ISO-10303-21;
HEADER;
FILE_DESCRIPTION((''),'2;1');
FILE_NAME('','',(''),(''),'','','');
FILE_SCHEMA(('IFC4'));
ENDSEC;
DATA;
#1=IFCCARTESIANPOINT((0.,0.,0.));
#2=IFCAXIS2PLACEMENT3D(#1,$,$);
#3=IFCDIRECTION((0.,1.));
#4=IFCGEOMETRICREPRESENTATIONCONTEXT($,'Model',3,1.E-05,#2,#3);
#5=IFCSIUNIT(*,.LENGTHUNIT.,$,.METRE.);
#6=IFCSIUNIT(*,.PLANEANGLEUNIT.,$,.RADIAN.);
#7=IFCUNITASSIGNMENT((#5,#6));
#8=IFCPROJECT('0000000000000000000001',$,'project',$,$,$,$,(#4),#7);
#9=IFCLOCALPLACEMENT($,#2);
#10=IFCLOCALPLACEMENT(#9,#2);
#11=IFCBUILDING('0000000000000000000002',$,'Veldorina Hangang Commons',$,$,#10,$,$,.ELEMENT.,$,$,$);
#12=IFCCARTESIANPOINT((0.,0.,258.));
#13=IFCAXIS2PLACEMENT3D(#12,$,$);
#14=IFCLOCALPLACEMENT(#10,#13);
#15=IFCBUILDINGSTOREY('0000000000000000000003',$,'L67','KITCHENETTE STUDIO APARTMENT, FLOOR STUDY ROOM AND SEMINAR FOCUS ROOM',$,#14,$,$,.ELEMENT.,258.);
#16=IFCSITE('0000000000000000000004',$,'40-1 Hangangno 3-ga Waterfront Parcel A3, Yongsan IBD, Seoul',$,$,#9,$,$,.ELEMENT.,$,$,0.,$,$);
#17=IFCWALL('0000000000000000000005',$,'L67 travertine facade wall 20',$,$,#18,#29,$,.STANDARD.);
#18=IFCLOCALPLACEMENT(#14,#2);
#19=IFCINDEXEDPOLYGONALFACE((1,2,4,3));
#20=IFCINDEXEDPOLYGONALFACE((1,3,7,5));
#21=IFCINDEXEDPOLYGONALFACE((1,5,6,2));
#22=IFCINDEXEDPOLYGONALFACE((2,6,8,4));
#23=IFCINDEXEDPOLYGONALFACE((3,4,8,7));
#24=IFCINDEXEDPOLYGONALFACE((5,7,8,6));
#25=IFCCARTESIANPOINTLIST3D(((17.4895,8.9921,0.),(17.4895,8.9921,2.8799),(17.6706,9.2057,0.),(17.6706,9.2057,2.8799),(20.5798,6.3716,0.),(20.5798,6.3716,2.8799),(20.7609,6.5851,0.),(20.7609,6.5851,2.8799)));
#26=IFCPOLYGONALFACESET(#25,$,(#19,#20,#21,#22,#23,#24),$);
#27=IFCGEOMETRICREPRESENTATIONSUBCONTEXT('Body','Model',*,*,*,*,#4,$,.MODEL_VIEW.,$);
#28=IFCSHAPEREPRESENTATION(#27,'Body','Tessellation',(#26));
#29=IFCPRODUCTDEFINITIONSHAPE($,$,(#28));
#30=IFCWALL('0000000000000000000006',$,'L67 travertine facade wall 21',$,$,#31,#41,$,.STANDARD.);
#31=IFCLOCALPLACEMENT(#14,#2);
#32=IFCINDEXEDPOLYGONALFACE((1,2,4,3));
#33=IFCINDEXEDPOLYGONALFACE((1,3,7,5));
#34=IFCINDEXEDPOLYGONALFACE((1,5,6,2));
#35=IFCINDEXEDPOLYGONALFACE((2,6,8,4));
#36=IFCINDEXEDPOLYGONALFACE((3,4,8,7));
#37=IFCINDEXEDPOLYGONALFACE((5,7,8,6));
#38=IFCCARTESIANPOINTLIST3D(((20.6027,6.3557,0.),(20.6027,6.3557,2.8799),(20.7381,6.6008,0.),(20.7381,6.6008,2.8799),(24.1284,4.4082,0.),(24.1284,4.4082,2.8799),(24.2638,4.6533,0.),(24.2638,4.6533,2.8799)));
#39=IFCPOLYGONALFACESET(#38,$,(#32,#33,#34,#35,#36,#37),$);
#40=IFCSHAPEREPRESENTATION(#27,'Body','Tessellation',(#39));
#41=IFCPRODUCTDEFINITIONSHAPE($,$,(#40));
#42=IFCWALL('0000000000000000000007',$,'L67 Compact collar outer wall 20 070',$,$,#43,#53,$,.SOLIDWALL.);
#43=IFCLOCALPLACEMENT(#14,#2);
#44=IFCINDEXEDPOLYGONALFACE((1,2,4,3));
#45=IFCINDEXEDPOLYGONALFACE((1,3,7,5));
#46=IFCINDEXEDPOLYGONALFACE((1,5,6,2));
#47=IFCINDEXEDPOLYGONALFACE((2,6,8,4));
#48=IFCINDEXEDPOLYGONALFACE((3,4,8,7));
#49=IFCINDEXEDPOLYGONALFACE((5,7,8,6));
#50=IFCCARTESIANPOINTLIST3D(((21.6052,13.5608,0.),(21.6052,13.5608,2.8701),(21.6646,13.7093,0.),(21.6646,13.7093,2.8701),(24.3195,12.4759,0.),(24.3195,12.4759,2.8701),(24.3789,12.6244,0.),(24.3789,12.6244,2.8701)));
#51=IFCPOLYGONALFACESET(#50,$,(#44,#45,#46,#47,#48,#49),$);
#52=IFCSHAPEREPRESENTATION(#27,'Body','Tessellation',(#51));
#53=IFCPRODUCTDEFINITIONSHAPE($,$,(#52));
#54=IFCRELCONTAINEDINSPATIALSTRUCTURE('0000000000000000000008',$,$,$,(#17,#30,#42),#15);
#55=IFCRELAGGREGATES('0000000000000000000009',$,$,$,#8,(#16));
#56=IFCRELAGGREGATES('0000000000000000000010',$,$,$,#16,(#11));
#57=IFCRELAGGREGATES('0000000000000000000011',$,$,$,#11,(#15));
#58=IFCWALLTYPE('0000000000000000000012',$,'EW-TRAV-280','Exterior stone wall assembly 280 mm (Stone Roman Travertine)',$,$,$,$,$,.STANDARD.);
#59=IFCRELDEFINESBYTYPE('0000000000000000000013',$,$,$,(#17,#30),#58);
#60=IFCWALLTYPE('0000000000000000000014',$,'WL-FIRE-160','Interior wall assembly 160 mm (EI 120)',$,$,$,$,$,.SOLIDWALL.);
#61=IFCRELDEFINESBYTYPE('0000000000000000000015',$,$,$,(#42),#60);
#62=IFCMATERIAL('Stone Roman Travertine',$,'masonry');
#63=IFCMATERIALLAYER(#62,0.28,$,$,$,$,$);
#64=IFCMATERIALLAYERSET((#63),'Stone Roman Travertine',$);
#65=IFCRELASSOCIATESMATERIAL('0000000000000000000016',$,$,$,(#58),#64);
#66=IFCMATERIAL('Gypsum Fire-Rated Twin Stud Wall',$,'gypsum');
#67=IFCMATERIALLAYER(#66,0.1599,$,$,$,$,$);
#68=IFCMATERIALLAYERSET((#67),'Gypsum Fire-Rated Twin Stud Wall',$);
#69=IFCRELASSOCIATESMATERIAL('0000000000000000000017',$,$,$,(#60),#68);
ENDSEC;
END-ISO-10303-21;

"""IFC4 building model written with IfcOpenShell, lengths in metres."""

from ifc_helpers import new_model, si_unit, direction, frame, frame_2d, origin, place, context, subcontext, project, spatial, rectangle, extrude, material, layer, layer_set, type_object, element, save


model = new_model("IFC4")

# Units and contexts
model_context = context("Model", 3, precision=1e-05, world=origin(), true_north=direction((0.0, 1.0)))
body_context = subcontext(model_context, "Body", "Model", "MODEL_VIEW")
ifc_project = project(units=[si_unit("LENGTHUNIT", "METRE"), si_unit("PLANEANGLEUNIT", "RADIAN")], contexts=[model_context])

# Site, building, storey
site_placement = place(None, origin())
site = spatial("IfcSite", under=ifc_project, at=site_placement, Name="40-1 Hangangno 3-ga Waterfront Parcel A3, Yongsan IBD, Seoul", CompositionType="ELEMENT", RefElevation=0.0)
building_placement = place(site_placement, origin())
building = spatial("IfcBuilding", under=site, at=building_placement, Name="Veldorina Hangang Commons", CompositionType="ELEMENT")
storey_placement = place(building_placement, frame((0.0, 0.0, 258.0)))
storey = spatial("IfcBuildingStorey", under=building, at=storey_placement, Name="L67", Description="KITCHENETTE STUDIO APARTMENT, FLOOR STUDY ROOM AND SEMINAR FOCUS ROOM", CompositionType="ELEMENT", Elevation=258.0)

# Walls
ifc_material_1 = material(Name="Stone Roman Travertine", Category="masonry")
ifc_layer_1 = layer(ifc_material_1, 0.28)
ifc_layer_set_1 = layer_set([ifc_layer_1], Name="Stone Roman Travertine")
wall_type_1 = type_object("IfcWallType", Name="EW-TRAV-280", Description="Exterior stone wall assembly 280 mm (Stone Roman Travertine)", PredefinedType="STANDARD", material=ifc_layer_set_1)
wall_1_placement = place(storey_placement, frame((17.5801, 9.0989, 0.0), z_axis=(0.0, 0.0, 1.0), x_axis=(0.762691, -0.646763, 0.0)))
element("IfcWall", 1, at=wall_1_placement, inside=storey, type_object=wall_type_1, Name="L67 travertine facade wall 20", PredefinedType="STANDARD", context=body_context, shape_type="SweptSolid", body=[
    extrude(rectangle(XDim=4.0518, YDim=0.28, at=frame_2d((2.0259, 0.0))), origin(), (0.0, 0.0, 1.0), 2.8799),
])
wall_2_placement = place(storey_placement, frame((20.6704, 6.4783, 0.0), z_axis=(0.0, 0.0, 1.0), x_axis=(0.875333, -0.483521, 0.0)))
element("IfcWall", 2, at=wall_2_placement, inside=storey, type_object=wall_type_1, Name="L67 travertine facade wall 21", PredefinedType="STANDARD", context=body_context, shape_type="SweptSolid", body=[
    extrude(rectangle(XDim=4.0278, YDim=0.28, at=frame_2d((2.0139, 0.0))), origin(), (0.0, 0.0, 1.0), 2.8799),
])
ifc_material_2 = material(Name="Gypsum Fire-Rated Twin Stud Wall", Category="gypsum")
ifc_layer_2 = layer(ifc_material_2, 0.1599)
ifc_layer_set_2 = layer_set([ifc_layer_2], Name="Gypsum Fire-Rated Twin Stud Wall")
wall_type_2 = type_object("IfcWallType", Name="WL-FIRE-160", Description="Interior wall assembly 160 mm (EI 120)", PredefinedType="SOLIDWALL", material=ifc_layer_set_2)
wall_3_placement = place(storey_placement, frame((21.635, 13.635, 0.0), z_axis=(0.0, 0.0, 1.0), x_axis=(0.928569, -0.37116, 0.0)))
element("IfcWall", 3, at=wall_3_placement, inside=storey, type_object=wall_type_2, Name="L67 Compact collar outer wall 20 070", PredefinedType="SOLIDWALL", context=body_context, shape_type="SweptSolid", body=[
    extrude(rectangle(XDim=2.9231, YDim=0.1599, at=frame_2d((1.4614, 0.0))), origin(), (0.0, 0.0, 1.0), 2.8701),
])

save(model, "model.ifc")
